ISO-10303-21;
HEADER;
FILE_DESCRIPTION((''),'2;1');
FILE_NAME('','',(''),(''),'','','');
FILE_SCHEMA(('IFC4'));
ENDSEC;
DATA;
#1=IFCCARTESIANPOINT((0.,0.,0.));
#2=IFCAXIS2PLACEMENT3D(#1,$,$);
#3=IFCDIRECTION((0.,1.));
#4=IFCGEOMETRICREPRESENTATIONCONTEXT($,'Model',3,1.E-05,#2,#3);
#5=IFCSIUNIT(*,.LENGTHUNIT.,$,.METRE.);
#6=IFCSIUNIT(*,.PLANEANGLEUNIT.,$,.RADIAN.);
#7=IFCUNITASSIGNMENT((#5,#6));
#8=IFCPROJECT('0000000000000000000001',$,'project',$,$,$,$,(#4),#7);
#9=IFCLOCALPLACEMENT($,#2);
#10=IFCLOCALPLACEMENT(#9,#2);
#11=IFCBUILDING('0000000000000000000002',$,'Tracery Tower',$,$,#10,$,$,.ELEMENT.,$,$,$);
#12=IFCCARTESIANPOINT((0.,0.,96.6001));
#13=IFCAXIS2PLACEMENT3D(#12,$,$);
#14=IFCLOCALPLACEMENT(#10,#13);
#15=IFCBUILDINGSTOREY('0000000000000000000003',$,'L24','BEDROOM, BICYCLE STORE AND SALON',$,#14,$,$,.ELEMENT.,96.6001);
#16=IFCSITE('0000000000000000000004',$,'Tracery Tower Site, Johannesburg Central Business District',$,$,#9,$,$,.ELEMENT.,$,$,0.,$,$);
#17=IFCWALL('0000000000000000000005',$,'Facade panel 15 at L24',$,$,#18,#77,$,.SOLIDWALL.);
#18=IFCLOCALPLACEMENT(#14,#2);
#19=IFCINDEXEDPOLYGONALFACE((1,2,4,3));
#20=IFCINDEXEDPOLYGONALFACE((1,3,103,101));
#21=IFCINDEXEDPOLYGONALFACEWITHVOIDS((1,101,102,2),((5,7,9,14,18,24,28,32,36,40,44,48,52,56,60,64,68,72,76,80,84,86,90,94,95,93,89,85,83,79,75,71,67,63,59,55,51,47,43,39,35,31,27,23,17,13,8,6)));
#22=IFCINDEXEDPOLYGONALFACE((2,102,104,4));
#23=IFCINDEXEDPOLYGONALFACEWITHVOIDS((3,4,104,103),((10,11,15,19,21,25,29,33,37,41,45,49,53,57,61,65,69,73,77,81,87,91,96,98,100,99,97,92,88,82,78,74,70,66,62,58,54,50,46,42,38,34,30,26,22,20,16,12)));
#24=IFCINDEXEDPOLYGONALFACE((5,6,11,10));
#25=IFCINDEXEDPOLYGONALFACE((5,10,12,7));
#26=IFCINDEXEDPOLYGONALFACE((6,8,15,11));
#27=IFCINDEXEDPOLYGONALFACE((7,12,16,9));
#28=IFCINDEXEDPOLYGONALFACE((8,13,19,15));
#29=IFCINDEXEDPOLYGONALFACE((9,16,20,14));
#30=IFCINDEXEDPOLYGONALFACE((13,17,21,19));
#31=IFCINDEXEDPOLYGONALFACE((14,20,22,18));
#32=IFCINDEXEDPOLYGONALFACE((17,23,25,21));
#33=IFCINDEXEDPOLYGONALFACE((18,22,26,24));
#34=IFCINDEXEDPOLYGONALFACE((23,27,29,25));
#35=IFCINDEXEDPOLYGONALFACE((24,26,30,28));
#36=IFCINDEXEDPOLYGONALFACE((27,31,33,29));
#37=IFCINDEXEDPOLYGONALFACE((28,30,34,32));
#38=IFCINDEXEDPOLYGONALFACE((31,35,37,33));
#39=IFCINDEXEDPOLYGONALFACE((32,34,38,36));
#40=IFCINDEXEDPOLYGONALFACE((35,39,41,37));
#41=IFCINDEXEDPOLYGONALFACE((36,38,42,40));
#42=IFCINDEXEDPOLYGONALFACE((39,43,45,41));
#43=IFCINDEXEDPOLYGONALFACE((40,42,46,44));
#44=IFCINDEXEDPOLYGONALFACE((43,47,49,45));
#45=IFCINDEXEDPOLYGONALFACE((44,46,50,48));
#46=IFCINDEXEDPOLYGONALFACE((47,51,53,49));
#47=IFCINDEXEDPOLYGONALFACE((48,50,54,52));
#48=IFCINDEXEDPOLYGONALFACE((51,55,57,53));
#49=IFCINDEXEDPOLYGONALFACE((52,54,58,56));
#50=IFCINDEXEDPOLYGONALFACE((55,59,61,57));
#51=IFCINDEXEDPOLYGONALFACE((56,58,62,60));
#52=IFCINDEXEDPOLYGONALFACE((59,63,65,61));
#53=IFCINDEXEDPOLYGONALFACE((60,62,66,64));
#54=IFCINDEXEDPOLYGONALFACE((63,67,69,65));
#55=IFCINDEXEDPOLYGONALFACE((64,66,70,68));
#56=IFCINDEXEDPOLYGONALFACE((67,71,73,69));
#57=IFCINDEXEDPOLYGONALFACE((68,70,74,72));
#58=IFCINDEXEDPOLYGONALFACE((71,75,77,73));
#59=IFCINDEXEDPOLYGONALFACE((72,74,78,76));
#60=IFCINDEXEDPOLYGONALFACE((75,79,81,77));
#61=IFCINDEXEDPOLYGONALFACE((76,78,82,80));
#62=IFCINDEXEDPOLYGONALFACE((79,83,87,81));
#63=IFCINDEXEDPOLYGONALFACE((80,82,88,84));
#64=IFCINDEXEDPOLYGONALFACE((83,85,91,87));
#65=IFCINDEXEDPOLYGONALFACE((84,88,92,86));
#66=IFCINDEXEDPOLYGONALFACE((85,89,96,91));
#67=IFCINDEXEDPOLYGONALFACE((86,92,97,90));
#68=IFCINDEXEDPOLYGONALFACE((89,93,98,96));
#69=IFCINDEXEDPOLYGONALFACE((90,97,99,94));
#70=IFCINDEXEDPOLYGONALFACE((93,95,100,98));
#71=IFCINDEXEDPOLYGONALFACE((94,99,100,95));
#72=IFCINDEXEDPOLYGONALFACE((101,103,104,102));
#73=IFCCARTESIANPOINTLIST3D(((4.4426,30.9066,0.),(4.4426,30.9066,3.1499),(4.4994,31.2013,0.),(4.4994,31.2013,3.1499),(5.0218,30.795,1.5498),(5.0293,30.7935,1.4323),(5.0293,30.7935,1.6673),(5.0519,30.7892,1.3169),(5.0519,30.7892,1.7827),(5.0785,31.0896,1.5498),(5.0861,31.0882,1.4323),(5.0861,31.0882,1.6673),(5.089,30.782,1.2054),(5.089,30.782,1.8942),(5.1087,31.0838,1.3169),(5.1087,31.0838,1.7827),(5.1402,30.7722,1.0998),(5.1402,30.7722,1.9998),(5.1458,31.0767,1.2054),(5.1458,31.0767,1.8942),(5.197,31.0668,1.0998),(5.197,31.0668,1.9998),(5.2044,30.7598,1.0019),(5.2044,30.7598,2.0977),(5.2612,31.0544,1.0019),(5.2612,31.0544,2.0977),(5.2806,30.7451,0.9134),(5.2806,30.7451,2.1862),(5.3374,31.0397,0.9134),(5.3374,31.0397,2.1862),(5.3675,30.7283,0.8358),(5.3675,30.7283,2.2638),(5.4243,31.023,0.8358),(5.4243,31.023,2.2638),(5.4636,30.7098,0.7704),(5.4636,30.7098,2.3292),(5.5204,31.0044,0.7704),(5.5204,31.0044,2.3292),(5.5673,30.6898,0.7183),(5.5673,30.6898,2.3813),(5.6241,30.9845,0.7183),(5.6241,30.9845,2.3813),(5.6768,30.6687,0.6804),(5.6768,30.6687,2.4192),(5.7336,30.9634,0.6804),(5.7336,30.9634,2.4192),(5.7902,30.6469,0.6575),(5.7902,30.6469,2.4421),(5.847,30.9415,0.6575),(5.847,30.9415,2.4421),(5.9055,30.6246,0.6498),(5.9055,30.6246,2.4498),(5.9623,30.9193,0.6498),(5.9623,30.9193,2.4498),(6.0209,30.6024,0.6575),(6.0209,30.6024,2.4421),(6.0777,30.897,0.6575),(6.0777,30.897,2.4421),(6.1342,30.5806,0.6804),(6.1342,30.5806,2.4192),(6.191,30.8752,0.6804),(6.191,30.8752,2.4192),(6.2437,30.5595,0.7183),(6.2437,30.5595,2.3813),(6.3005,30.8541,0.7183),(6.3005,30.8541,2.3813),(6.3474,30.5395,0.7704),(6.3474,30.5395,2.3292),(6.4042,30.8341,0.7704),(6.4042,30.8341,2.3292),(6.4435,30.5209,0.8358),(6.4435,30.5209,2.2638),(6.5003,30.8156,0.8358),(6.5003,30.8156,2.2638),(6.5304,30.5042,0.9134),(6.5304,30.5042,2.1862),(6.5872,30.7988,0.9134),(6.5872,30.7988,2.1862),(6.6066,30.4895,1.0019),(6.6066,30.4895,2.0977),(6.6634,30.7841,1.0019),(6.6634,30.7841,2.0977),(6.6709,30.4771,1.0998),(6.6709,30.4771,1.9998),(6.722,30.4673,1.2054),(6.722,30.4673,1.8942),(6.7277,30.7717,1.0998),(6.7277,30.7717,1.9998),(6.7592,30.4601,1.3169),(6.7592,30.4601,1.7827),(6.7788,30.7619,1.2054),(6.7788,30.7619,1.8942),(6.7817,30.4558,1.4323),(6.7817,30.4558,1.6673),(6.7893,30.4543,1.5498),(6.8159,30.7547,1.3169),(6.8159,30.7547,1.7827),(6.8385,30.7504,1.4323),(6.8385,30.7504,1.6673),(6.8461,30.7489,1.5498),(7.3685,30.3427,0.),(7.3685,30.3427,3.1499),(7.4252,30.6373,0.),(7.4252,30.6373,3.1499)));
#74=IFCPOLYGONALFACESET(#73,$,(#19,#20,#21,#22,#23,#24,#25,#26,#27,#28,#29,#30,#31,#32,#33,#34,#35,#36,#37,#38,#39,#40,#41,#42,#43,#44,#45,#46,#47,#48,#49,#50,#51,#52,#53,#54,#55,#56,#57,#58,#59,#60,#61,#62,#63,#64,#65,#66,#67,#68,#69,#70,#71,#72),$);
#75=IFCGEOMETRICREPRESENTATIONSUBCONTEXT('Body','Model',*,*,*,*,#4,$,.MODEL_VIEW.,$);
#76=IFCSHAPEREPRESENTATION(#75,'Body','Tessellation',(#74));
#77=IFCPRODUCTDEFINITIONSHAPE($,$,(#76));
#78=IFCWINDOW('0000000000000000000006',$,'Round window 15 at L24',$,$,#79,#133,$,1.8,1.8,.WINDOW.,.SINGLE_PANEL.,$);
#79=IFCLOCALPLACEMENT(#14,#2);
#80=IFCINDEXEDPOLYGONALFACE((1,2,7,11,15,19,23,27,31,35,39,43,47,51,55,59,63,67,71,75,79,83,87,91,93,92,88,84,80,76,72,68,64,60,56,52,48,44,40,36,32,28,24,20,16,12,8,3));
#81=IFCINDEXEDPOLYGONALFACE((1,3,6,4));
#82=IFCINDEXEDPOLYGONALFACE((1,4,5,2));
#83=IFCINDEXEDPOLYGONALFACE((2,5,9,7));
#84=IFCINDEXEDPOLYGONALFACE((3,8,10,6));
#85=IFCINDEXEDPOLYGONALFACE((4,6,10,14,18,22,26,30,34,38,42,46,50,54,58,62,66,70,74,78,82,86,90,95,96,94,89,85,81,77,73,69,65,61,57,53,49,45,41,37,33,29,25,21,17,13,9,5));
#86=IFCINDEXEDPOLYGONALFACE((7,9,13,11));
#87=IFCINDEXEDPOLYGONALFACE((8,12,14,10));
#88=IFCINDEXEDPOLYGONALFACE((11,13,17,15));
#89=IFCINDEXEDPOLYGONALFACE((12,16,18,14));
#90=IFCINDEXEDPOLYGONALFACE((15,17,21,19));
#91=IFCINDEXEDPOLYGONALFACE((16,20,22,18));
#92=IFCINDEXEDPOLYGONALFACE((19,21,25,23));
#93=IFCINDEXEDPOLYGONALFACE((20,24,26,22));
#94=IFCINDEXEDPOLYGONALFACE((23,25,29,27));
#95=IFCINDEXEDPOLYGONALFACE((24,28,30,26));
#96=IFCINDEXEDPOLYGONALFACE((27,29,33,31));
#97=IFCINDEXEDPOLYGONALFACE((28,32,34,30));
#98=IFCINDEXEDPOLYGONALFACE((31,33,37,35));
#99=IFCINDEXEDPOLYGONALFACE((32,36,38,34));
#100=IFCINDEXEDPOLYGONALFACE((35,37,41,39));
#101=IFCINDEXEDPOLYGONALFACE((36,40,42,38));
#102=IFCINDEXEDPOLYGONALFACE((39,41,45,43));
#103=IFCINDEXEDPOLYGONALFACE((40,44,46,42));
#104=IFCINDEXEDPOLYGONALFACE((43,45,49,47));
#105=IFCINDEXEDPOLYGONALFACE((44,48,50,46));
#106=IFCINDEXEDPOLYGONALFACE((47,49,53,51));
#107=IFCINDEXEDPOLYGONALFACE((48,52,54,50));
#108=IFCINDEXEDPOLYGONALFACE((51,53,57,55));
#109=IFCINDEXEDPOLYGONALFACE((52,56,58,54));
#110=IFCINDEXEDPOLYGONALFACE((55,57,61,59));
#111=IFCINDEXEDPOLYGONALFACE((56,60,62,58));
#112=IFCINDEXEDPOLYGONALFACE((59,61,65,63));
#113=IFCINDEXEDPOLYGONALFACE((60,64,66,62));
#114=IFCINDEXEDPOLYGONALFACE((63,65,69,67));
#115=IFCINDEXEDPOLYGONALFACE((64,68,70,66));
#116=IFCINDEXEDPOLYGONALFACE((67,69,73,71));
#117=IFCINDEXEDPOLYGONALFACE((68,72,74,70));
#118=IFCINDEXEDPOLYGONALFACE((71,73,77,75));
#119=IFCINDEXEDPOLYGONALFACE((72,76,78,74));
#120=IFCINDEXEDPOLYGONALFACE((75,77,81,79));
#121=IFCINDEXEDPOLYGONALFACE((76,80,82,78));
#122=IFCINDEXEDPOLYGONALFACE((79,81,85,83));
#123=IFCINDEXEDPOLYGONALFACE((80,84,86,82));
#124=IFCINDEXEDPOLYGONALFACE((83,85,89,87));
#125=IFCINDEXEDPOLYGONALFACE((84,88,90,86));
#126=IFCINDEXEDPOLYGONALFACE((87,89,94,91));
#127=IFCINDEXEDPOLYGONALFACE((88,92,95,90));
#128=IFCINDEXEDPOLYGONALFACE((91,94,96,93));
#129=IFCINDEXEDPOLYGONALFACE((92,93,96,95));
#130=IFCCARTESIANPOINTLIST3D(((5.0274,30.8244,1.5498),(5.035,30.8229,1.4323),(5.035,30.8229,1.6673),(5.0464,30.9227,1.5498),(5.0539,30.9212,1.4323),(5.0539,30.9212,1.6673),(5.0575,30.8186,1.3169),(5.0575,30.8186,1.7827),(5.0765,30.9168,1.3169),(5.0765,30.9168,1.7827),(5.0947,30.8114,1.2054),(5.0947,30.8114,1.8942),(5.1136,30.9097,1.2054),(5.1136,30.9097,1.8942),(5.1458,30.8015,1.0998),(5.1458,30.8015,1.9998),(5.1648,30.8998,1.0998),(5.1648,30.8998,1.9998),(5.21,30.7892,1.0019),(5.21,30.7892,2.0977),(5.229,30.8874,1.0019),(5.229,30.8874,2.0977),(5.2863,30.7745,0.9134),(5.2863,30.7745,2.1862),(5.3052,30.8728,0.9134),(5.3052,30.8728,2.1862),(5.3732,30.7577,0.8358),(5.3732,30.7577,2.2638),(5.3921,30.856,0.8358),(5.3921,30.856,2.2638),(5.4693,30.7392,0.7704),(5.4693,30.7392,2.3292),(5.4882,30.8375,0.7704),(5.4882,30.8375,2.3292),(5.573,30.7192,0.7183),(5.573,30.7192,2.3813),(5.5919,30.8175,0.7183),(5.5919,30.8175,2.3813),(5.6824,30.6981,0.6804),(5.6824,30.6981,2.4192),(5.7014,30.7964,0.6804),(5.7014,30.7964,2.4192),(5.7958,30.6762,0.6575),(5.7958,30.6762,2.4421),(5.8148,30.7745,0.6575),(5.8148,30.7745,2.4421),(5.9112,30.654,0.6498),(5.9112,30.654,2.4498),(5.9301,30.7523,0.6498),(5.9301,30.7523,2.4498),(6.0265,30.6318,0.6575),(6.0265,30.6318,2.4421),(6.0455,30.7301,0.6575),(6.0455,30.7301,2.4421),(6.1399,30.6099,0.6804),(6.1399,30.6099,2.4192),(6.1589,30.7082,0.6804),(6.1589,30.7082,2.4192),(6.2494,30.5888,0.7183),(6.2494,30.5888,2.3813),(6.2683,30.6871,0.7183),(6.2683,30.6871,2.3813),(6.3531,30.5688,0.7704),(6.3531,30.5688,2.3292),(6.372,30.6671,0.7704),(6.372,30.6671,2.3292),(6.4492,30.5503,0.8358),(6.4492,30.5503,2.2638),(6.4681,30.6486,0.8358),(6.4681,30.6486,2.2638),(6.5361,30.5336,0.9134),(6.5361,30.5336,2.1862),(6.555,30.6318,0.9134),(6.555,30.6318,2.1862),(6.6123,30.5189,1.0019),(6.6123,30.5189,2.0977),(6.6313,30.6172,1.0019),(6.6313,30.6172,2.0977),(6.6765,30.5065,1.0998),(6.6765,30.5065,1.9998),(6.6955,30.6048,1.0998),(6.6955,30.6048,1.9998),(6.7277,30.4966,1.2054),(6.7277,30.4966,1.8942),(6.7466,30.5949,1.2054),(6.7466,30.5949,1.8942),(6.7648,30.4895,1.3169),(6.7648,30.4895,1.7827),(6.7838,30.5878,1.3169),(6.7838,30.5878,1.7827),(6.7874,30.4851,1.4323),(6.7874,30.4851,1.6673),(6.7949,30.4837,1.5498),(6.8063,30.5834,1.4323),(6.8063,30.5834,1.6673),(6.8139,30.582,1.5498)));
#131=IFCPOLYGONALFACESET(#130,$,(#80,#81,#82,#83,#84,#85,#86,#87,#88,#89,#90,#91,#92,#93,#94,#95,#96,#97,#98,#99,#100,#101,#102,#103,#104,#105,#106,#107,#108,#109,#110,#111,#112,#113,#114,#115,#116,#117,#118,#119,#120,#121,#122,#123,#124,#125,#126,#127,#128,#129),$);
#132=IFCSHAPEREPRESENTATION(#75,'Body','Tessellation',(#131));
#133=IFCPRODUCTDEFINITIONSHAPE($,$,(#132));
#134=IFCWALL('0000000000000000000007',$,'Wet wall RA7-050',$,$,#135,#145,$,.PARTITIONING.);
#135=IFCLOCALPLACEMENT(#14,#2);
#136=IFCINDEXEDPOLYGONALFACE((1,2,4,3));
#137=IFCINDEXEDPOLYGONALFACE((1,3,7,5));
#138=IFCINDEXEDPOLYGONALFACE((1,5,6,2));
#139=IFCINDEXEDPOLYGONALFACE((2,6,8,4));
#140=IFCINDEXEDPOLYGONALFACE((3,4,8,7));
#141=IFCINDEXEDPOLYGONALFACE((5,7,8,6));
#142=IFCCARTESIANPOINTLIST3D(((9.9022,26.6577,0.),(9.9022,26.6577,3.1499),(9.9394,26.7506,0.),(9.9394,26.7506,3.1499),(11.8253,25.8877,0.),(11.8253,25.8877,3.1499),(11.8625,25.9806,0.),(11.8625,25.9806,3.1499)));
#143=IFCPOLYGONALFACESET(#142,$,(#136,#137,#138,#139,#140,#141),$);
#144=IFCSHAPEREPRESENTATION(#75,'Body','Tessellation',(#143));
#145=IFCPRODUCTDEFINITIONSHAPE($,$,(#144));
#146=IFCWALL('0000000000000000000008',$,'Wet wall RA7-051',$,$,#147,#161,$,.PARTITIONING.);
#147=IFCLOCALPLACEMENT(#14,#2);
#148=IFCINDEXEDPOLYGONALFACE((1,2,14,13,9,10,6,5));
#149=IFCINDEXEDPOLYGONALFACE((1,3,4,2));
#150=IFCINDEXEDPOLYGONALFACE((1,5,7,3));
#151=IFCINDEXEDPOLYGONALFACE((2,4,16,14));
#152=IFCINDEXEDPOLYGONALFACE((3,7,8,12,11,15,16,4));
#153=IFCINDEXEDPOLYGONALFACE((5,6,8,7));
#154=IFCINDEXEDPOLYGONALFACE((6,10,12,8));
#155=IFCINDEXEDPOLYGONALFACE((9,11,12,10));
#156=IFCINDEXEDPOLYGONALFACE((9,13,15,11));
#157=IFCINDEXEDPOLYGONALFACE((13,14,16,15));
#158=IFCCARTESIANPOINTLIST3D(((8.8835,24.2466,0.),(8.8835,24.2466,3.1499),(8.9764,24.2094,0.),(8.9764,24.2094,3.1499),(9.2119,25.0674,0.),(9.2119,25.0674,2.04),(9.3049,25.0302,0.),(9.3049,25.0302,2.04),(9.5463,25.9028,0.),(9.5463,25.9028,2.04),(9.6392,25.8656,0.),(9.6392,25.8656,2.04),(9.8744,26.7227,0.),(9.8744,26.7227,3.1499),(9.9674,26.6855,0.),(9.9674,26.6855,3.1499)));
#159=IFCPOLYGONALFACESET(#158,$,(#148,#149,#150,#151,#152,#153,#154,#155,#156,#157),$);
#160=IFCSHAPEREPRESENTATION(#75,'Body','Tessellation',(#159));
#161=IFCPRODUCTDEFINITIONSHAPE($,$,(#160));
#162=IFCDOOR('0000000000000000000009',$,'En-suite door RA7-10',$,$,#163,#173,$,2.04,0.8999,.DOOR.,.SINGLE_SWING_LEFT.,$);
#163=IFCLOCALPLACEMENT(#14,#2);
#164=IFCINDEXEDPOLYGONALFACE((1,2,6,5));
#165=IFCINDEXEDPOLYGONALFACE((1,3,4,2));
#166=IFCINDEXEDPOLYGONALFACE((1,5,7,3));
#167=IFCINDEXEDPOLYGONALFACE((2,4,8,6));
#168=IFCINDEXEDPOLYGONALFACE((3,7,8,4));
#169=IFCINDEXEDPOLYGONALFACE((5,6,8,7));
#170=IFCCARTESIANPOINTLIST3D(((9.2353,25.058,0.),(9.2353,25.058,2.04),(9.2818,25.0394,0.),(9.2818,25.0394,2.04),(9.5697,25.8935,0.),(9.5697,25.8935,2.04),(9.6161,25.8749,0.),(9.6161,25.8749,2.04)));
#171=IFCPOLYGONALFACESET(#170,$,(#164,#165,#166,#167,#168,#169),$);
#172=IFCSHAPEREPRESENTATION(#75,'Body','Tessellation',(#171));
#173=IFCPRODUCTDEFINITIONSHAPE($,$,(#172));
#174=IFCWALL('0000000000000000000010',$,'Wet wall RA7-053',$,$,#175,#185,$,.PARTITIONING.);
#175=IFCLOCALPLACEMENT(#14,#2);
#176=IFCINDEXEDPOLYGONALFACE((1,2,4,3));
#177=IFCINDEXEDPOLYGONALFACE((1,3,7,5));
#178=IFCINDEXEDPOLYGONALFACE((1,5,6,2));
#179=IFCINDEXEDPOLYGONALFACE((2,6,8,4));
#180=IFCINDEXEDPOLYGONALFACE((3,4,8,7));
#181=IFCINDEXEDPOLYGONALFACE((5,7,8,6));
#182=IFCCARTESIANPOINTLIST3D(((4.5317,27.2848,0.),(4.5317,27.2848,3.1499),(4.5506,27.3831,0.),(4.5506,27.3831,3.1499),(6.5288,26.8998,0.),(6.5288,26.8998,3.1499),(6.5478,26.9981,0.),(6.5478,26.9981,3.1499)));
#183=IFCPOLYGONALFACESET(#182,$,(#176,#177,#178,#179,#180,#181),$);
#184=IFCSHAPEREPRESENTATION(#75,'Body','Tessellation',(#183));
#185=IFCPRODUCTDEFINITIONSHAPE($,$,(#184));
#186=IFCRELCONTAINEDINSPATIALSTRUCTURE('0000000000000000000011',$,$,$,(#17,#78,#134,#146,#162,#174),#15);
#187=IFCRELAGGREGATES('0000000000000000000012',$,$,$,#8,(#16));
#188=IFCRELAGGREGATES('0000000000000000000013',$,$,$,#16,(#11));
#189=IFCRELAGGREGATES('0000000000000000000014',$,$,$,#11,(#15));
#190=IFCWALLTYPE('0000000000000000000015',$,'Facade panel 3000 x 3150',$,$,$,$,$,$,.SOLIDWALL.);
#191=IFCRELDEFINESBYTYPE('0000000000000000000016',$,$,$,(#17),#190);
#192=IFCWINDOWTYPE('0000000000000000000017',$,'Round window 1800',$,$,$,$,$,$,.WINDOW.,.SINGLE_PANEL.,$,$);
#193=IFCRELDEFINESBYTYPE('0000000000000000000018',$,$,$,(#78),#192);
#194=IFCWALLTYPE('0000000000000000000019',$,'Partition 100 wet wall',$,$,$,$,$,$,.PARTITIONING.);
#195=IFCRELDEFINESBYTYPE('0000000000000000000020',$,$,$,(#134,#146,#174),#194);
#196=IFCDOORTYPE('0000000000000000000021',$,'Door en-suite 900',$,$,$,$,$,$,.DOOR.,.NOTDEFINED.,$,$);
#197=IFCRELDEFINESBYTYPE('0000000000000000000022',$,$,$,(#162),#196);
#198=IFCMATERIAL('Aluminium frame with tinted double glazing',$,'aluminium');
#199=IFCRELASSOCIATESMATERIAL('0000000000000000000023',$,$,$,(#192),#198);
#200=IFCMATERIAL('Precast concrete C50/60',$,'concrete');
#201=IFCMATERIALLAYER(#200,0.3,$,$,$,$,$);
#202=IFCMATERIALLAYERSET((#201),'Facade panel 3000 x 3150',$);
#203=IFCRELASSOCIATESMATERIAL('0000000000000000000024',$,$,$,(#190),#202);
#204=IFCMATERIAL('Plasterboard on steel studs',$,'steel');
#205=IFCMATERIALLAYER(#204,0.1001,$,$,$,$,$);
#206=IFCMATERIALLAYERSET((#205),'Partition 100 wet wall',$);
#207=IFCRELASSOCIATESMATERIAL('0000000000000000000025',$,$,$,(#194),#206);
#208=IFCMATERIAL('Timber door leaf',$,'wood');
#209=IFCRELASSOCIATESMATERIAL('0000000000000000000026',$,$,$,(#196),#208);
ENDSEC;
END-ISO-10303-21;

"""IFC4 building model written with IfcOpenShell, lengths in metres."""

from ifc_helpers import new_model, si_unit, direction, frame, frame_2d, origin, origin_2d, place, context, subcontext, project, spatial, rectangle, circle, extrude, material, layer, layer_set, type_object, element, fill, save


model = new_model("IFC4")

# Units and contexts
model_context = context("Model", 3, precision=1e-05, world=origin(), true_north=direction((0.0, 1.0)))
body_context = subcontext(model_context, "Body", "Model", "MODEL_VIEW")
ifc_project = project(units=[si_unit("LENGTHUNIT", "METRE"), si_unit("PLANEANGLEUNIT", "RADIAN")], contexts=[model_context])

# Site, building, storey
site_placement = place(None, origin())
site = spatial("IfcSite", under=ifc_project, at=site_placement, Name="Tracery Tower Site, Johannesburg Central Business District", CompositionType="ELEMENT", RefElevation=0.0)
building_placement = place(site_placement, origin())
building = spatial("IfcBuilding", under=site, at=building_placement, Name="Tracery Tower", CompositionType="ELEMENT")
storey_placement = place(building_placement, frame((0.0, 0.0, 96.6001)))
storey = spatial("IfcBuildingStorey", under=building, at=storey_placement, Name="L24", Description="BEDROOM, BICYCLE STORE AND SALON", CompositionType="ELEMENT", Elevation=96.6001)

# Wall, opening, window
ifc_material_1 = material(Name="Aluminium frame with tinted double glazing", Category="aluminium")
window_type = type_object("IfcWindowType", Name="Round window 1800", PartitioningType="SINGLE_PANEL", PredefinedType="WINDOW", material=ifc_material_1)
ifc_material_2 = material(Name="Precast concrete C50/60", Category="concrete")
ifc_layer_1 = layer(ifc_material_2, 0.3)
ifc_layer_set_1 = layer_set([ifc_layer_1], Name="Facade panel 3000 x 3150")
wall_type_1 = type_object("IfcWallType", Name="Facade panel 3000 x 3150", PredefinedType="SOLIDWALL", material=ifc_layer_set_1)
wall_1_placement = place(storey_placement, frame((7.3967, 30.49, 0.0), z_axis=(0.0, 0.0, 1.0), x_axis=(-0.981925, 0.189273, 0.0)))
wall_1 = element("IfcWall", 1, at=wall_1_placement, inside=storey, type_object=wall_type_1, Name="Facade panel 15 at L24", PredefinedType="SOLIDWALL", context=body_context, shape_type="SweptSolid", body=[
    extrude(rectangle(XDim=2.9797, YDim=0.3, at=frame_2d((1.4897, 0.0))), origin(), (0.0, 0.0, 1.0), 3.1499),
])
opening_1_placement = place(wall_1_placement, frame((1.4897, 0.0, 1.5498)))
opening_1 = element("IfcOpeningElement", 2, at=opening_1_placement, cuts=wall_1, PredefinedType="OPENING", context=body_context, shape_type="SweptSolid", body=[
    extrude(circle(Radius=0.9, at=origin_2d()), frame((0.0, 0.1599, 0.0), z_axis=(0.0, -1.0, 0.0), x_axis=(1.0, 0.0, 0.0)), (0.0, 0.0, 1.0), 0.3201),
])
window_1_placement = place(opening_1_placement, origin())
window_1 = element("IfcWindow", 3, at=window_1_placement, inside=storey, type_object=window_type, Name="Round window 15 at L24", OverallHeight=1.8, OverallWidth=1.8, PartitioningType="SINGLE_PANEL", PredefinedType="WINDOW", context=body_context, shape_type="SweptSolid", body=[
    extrude(circle(Radius=0.9, at=origin_2d()), frame((0.0, 0.1201, 0.0), z_axis=(0.0, -1.0, 0.0), x_axis=(1.0, 0.0, 0.0)), (0.0, 0.0, 1.0), 0.1001),
])
fill(opening_1, window_1)

# Wall
ifc_material_3 = material(Name="Plasterboard on steel studs", Category="steel")
ifc_layer_2 = layer(ifc_material_3, 0.1001)
ifc_layer_set_2 = layer_set([ifc_layer_2], Name="Partition 100 wet wall")
wall_type_2 = type_object("IfcWallType", Name="Partition 100 wet wall", PredefinedType="PARTITIONING", material=ifc_layer_set_2)
wall_2_placement = place(storey_placement, frame((9.9209, 26.7041, 0.0), z_axis=(0.0, 0.0, 1.0), x_axis=(0.928347, -0.371716, 0.0)))
element("IfcWall", 4, at=wall_2_placement, inside=storey, type_object=wall_type_2, Name="Wet wall RA7-050", PredefinedType="PARTITIONING", context=body_context, shape_type="SweptSolid", body=[
    extrude(rectangle(XDim=2.0715, YDim=0.1001, at=frame_2d((1.0356, 0.0))), origin(), (0.0, 0.0, 1.0), 3.1499),
])

# Wall, opening, door
wall_3_placement = place(storey_placement, frame((8.9299, 24.228, 0.0), z_axis=(0.0, 0.0, 1.0), x_axis=(0.371564, 0.928407, 0.0)))
wall_3 = element("IfcWall", 5, at=wall_3_placement, inside=storey, type_object=wall_type_2, Name="Wet wall RA7-051", PredefinedType="PARTITIONING", context=body_context, shape_type="SweptSolid", body=[
    extrude(rectangle(XDim=2.667, YDim=0.1001, at=frame_2d((1.3335, 0.0))), origin(), (0.0, 0.0, 1.0), 3.1499),
])
opening_2_placement = place(wall_3_placement, frame((0.884, 0.0, 0.0)))
opening_2 = element("IfcOpeningElement", 6, at=opening_2_placement, cuts=wall_3, PredefinedType="OPENING", context=body_context, shape_type="SweptSolid", body=[
    extrude(rectangle(XDim=0.8999, YDim=2.04, at=frame_2d((0.45, 1.02))), frame((0.0, 0.05, 0.0), z_axis=(0.0, -1.0, 0.0), x_axis=(1.0, 0.0, 0.0)), (0.0, 0.0, 1.0), 0.1001),
])
ifc_material_4 = material(Name="Timber door leaf", Category="wood")
door_type = type_object("IfcDoorType", Name="Door en-suite 900", OperationType="NOTDEFINED", PredefinedType="DOOR", material=ifc_material_4)
door_1_placement = place(opening_2_placement, origin())
door_1 = element("IfcDoor", 7, at=door_1_placement, inside=storey, type_object=door_type, Name="En-suite door RA7-10", OperationType="SINGLE_SWING_LEFT", OverallHeight=2.04, OverallWidth=0.8999, PredefinedType="DOOR", context=body_context, shape_type="SweptSolid", body=[
    extrude(rectangle(XDim=0.8999, YDim=2.04, at=frame_2d((0.45, 1.02))), frame((0.0, 0.0249, 0.0), z_axis=(0.0, -1.0, 0.0), x_axis=(1.0, 0.0, 0.0)), (0.0, 0.0, 1.0), 0.05),
])
fill(opening_2, door_1)

# Wall
wall_4_placement = place(storey_placement, frame((4.541, 27.334, 0.0), z_axis=(0.0, 0.0, 1.0), x_axis=(0.981919, -0.189302, 0.0)))
element("IfcWall", 8, at=wall_4_placement, inside=storey, type_object=wall_type_2, Name="Wet wall RA7-053", PredefinedType="PARTITIONING", context=body_context, shape_type="SweptSolid", body=[
    extrude(rectangle(XDim=2.0339, YDim=0.1001, at=frame_2d((1.0171, 0.0))), origin(), (0.0, 0.0, 1.0), 3.1499),
])

save(model, "model.ifc")
